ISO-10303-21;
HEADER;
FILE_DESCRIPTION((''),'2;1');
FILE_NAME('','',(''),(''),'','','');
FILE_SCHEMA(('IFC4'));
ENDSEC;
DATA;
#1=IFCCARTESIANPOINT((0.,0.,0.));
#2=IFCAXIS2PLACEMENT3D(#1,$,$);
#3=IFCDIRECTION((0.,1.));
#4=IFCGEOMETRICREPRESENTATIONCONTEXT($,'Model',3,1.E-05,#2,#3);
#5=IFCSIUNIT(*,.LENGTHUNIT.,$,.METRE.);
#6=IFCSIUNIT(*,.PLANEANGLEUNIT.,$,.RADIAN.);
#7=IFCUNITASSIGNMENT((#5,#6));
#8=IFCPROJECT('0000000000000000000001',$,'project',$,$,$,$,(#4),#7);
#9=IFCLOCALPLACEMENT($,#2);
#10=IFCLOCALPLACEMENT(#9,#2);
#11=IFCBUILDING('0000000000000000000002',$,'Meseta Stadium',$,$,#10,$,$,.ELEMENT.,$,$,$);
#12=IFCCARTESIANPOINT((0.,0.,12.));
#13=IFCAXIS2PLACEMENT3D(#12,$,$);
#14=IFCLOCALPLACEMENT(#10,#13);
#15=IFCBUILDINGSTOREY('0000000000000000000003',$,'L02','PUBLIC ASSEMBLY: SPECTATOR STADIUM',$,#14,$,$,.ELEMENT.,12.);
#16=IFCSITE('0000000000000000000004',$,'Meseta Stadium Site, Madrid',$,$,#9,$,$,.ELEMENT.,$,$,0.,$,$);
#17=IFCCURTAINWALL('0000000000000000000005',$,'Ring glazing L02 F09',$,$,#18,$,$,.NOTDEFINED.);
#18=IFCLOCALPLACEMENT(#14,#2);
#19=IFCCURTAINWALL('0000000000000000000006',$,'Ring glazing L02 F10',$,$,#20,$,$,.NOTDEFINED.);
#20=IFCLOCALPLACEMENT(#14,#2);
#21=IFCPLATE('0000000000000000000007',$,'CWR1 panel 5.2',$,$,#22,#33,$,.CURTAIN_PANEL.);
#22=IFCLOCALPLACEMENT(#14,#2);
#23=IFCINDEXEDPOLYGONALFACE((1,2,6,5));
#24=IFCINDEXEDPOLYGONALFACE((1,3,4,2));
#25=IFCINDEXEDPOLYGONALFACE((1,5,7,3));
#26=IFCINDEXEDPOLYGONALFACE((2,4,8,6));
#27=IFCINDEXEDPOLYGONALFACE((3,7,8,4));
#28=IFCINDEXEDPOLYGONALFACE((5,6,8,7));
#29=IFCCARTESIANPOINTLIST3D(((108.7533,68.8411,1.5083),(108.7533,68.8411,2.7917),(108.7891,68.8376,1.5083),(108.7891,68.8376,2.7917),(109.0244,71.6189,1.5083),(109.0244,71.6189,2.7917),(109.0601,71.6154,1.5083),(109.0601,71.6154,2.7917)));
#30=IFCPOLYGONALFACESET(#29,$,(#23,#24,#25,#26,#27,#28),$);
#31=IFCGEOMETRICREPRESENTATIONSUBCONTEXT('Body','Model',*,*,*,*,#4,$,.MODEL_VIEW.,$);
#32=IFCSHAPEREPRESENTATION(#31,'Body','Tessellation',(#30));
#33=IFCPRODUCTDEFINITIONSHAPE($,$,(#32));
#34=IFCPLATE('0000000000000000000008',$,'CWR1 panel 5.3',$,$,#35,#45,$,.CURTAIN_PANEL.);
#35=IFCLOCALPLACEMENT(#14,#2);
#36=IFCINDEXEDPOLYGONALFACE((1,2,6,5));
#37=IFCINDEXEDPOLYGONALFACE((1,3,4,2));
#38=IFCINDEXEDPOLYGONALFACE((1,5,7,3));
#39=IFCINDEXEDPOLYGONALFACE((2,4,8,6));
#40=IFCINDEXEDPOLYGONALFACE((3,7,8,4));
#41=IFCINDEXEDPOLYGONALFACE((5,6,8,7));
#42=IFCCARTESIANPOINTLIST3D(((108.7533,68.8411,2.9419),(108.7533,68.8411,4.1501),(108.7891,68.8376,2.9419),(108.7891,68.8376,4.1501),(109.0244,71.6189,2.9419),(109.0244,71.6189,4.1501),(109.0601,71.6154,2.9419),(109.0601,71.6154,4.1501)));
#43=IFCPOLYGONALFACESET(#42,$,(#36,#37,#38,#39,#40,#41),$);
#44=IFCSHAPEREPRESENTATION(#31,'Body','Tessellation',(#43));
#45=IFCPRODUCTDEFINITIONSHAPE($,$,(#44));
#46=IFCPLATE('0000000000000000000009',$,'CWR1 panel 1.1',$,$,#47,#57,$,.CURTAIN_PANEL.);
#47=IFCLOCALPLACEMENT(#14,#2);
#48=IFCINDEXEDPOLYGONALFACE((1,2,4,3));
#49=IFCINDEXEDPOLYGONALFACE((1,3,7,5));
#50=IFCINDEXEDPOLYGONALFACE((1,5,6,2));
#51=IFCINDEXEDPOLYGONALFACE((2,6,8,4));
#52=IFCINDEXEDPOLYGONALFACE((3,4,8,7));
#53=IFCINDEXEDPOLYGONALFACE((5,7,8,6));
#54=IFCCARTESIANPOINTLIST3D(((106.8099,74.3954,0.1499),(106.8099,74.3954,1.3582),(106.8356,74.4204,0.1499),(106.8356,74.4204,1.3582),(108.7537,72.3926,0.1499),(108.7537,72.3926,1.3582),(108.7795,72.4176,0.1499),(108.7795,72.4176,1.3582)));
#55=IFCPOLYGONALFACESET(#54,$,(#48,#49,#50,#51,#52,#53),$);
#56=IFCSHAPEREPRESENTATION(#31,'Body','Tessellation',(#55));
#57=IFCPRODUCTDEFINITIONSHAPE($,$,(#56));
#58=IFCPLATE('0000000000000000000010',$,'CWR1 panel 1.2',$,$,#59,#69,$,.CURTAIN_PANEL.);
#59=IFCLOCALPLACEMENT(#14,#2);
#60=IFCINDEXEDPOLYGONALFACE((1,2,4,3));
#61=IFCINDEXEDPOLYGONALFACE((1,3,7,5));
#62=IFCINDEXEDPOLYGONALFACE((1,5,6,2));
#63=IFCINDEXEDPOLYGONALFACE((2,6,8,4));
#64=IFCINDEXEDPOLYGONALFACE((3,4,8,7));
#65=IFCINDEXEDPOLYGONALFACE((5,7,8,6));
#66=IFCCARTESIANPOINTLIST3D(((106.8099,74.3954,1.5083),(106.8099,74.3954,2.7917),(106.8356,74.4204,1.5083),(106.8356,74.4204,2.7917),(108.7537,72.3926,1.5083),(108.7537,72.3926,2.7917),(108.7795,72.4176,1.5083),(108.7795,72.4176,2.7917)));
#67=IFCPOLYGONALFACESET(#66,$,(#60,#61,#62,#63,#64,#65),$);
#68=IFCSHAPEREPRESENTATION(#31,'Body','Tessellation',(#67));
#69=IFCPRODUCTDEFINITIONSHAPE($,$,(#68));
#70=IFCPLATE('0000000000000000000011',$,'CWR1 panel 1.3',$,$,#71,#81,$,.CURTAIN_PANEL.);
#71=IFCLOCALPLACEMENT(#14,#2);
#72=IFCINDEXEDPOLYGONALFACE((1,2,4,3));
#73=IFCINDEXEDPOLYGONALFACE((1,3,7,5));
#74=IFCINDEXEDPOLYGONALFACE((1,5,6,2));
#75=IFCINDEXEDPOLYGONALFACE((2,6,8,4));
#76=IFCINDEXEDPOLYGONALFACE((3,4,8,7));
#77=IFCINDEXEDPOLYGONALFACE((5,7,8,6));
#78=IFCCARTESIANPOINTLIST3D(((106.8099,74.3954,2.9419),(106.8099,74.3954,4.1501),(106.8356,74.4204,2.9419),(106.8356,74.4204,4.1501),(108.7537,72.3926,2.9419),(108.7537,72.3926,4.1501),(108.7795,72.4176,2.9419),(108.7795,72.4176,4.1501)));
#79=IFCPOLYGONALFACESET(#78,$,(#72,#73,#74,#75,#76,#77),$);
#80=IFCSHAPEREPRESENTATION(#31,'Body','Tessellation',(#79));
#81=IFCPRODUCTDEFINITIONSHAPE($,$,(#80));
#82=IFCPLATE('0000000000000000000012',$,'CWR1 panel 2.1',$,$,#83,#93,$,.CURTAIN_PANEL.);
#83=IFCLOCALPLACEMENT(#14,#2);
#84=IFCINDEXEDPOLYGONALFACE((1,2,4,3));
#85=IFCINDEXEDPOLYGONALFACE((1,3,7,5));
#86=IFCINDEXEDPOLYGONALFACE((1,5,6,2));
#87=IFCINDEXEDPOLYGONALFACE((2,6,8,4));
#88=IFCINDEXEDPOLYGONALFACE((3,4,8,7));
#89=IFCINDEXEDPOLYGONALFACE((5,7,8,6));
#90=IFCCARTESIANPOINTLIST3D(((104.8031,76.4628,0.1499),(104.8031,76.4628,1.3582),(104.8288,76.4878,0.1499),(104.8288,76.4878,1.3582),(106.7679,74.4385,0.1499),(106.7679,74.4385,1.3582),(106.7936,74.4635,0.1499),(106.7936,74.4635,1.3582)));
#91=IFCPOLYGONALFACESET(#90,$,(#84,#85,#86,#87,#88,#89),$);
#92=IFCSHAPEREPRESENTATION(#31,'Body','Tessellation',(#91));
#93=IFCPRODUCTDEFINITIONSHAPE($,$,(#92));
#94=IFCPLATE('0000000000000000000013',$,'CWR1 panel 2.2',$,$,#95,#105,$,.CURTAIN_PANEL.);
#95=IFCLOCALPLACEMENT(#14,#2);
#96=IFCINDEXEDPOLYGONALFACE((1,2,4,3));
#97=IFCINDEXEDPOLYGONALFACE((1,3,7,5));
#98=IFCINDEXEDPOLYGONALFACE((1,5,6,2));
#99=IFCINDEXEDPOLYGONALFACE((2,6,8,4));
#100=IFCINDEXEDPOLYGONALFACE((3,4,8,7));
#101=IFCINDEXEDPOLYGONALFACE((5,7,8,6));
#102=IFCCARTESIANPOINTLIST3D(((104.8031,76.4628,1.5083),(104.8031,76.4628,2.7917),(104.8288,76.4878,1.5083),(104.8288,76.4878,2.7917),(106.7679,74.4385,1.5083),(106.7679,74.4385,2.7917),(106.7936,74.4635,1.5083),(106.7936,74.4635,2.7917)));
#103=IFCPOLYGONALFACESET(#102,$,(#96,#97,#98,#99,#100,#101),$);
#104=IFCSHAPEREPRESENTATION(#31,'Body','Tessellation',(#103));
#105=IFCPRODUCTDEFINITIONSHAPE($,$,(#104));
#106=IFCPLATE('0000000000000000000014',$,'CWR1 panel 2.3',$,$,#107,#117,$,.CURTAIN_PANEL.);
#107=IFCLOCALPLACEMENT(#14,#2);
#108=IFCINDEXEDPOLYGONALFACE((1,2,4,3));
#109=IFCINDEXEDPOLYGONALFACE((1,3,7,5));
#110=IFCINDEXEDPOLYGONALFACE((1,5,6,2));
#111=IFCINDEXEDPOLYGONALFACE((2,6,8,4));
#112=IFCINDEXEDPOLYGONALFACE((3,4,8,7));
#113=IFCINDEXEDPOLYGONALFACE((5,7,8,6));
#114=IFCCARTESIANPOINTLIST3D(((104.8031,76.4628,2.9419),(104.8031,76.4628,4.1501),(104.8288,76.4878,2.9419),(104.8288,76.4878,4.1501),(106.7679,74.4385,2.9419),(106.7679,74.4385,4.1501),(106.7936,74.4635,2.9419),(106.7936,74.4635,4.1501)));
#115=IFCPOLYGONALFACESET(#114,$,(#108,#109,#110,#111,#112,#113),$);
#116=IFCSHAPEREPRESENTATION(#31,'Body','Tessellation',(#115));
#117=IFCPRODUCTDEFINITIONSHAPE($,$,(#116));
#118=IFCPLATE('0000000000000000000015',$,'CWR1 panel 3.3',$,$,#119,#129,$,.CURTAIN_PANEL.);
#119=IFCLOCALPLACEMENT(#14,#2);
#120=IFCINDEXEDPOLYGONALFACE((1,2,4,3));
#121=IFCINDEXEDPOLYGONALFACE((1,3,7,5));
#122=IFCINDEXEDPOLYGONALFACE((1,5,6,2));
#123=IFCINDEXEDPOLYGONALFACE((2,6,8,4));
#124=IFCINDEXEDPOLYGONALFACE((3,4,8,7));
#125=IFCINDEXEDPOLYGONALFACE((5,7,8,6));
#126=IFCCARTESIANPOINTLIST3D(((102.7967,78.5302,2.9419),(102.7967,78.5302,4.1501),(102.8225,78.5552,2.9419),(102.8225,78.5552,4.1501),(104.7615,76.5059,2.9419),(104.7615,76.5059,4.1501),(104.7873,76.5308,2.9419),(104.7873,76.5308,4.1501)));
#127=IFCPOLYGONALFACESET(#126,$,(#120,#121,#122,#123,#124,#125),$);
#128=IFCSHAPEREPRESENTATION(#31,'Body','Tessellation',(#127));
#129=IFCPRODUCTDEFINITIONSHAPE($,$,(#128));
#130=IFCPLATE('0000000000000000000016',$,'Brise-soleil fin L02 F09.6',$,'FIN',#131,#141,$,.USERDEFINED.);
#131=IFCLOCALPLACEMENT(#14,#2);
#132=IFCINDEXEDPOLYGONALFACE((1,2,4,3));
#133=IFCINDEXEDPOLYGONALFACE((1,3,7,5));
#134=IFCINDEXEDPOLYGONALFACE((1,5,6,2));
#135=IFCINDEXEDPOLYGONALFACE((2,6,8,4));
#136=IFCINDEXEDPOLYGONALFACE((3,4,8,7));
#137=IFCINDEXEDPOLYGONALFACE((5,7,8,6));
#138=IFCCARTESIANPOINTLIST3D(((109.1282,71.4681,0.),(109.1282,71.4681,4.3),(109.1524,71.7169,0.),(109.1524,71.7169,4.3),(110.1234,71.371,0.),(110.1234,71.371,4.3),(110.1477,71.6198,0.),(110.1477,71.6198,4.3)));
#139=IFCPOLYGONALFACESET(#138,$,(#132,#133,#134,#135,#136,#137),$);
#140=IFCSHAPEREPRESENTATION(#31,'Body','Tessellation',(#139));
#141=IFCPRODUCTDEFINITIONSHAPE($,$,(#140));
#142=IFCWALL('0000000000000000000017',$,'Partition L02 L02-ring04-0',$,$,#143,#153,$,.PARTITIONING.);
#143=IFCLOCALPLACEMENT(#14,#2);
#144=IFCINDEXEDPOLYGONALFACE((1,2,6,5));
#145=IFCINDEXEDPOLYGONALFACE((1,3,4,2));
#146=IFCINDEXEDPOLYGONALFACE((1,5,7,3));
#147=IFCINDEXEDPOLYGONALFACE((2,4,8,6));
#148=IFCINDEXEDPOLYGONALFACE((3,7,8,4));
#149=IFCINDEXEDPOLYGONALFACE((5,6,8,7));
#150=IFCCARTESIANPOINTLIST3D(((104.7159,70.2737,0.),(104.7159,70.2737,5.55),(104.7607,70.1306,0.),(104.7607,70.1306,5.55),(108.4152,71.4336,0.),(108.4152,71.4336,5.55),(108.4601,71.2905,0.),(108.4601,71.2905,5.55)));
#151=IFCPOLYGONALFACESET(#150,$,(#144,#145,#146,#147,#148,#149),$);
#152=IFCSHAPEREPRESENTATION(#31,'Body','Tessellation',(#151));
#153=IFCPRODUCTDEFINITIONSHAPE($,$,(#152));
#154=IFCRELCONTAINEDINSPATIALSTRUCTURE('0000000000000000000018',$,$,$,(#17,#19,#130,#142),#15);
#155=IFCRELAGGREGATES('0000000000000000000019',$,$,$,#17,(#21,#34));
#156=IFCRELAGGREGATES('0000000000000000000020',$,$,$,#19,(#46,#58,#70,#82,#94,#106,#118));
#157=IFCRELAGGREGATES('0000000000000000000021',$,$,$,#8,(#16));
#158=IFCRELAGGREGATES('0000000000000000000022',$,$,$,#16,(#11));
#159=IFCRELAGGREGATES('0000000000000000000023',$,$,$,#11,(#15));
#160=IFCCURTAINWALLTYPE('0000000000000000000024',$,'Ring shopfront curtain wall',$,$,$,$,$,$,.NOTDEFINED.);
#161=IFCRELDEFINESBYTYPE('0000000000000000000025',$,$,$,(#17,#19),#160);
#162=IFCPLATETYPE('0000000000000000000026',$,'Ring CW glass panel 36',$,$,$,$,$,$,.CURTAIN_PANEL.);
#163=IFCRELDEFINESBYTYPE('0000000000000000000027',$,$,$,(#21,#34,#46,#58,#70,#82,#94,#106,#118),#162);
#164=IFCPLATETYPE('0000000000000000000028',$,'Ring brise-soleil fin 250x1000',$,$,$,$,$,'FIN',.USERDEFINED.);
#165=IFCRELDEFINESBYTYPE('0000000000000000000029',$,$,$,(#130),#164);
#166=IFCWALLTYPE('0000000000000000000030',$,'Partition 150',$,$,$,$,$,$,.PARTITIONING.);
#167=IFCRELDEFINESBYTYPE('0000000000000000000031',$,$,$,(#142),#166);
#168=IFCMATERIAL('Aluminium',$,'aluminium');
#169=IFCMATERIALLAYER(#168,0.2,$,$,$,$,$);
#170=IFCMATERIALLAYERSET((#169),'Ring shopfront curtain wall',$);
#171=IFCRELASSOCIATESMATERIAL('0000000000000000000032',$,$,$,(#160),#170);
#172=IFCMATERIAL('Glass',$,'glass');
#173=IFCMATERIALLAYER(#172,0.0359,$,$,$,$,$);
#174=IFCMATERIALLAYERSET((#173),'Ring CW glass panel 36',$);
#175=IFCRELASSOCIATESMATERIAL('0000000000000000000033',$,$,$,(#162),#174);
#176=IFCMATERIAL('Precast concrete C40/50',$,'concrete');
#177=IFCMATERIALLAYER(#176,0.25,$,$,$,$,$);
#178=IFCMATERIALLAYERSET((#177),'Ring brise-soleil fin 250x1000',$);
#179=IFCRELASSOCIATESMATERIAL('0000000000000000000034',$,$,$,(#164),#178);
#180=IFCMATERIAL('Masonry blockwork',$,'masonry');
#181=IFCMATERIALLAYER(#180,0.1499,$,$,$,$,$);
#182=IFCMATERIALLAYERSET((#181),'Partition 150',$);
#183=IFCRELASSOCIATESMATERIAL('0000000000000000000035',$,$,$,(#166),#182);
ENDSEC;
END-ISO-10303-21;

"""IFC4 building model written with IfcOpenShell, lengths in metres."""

from ifc_helpers import new_model, si_unit, direction, frame, frame_2d, origin, origin_2d, place, context, subcontext, project, spatial, rectangle, extrude, material, layer, layer_set, type_object, element, aggregate, save


model = new_model("IFC4")

# Units and contexts
model_context = context("Model", 3, precision=1e-05, world=origin(), true_north=direction((0.0, 1.0)))
body_context = subcontext(model_context, "Body", "Model", "MODEL_VIEW")
ifc_project = project(units=[si_unit("LENGTHUNIT", "METRE"), si_unit("PLANEANGLEUNIT", "RADIAN")], contexts=[model_context])

# Site, building, storey
site_placement = place(None, origin())
site = spatial("IfcSite", under=ifc_project, at=site_placement, Name="Meseta Stadium Site, Madrid", CompositionType="ELEMENT", RefElevation=0.0)
building_placement = place(site_placement, origin())
building = spatial("IfcBuilding", under=site, at=building_placement, Name="Meseta Stadium", CompositionType="ELEMENT")
storey_placement = place(building_placement, frame((0.0, 0.0, 12.0)))
storey = spatial("IfcBuildingStorey", under=building, at=storey_placement, Name="L02", Description="PUBLIC ASSEMBLY: SPECTATOR STADIUM", CompositionType="ELEMENT", Elevation=12.0)

# Curtain wall
ifc_material_1 = material(Name="Aluminium", Category="aluminium")
ifc_layer_1 = layer(ifc_material_1, 0.2)
ifc_layer_set_1 = layer_set([ifc_layer_1], Name="Ring shopfront curtain wall")
curtain_wall_type = type_object("IfcCurtainWallType", Name="Ring shopfront curtain wall", PredefinedType="NOTDEFINED", material=ifc_layer_set_1)
curtain_wall_1_placement = place(storey_placement, origin())
curtain_wall_1 = element("IfcCurtainWall", 1, at=curtain_wall_1_placement, inside=storey, type_object=curtain_wall_type, Name="Ring glazing L02 F09", PredefinedType="NOTDEFINED")

# Curtain wall
curtain_wall_2_placement = place(storey_placement, origin())
curtain_wall_2 = element("IfcCurtainWall", 2, at=curtain_wall_2_placement, inside=storey, type_object=curtain_wall_type, Name="Ring glazing L02 F10", PredefinedType="NOTDEFINED")

# Plates
ifc_material_2 = material(Name="Glass", Category="glass")
ifc_layer_2 = layer(ifc_material_2, 0.0359)
ifc_layer_set_2 = layer_set([ifc_layer_2], Name="Ring CW glass panel 36")
plate_type_1 = type_object("IfcPlateType", Name="Ring CW glass panel 36", PredefinedType="CURTAIN_PANEL", material=ifc_layer_set_2)
plate_1_placement = place(storey_placement, frame((108.9067, 70.2283, 1.5083), z_axis=(0.0, 0.0, 1.0), x_axis=(0.097125, 0.995272, 0.0)))
plate_1 = element("IfcPlate", 3, at=plate_1_placement, type_object=plate_type_1, Name="CWR1 panel 5.2", PredefinedType="CURTAIN_PANEL", context=body_context, shape_type="SweptSolid", body=[
    extrude(rectangle(XDim=2.791, YDim=0.0359, at=origin_2d()), origin(), (0.0, 0.0, 1.0), 1.2834),
])
plate_2_placement = place(storey_placement, frame((108.9067, 70.2283, 2.9419), z_axis=(0.0, 0.0, 1.0), x_axis=(0.097125, 0.995272, 0.0)))
plate_2 = element("IfcPlate", 4, at=plate_2_placement, type_object=plate_type_1, Name="CWR1 panel 5.3", PredefinedType="CURTAIN_PANEL", context=body_context, shape_type="SweptSolid", body=[
    extrude(rectangle(XDim=2.791, YDim=0.0359, at=origin_2d()), origin(), (0.0, 0.0, 1.0), 1.2083),
])
aggregate(curtain_wall_1, [plate_1, plate_2])
plate_3_placement = place(storey_placement, frame((107.7947, 73.4065, 0.1499), z_axis=(0.0, 0.0, 1.0), x_axis=(-0.696473, 0.717583, 0.0)))
plate_3 = element("IfcPlate", 5, at=plate_3_placement, type_object=plate_type_1, Name="CWR1 panel 1.1", PredefinedType="CURTAIN_PANEL", context=body_context, shape_type="SweptSolid", body=[
    extrude(rectangle(XDim=2.791, YDim=0.0359, at=origin_2d()), origin(), (0.0, 0.0, 1.0), 1.2083),
])
plate_4_placement = place(storey_placement, frame((107.7947, 73.4065, 1.5083), z_axis=(0.0, 0.0, 1.0), x_axis=(-0.696473, 0.717583, 0.0)))
plate_4 = element("IfcPlate", 6, at=plate_4_placement, type_object=plate_type_1, Name="CWR1 panel 1.2", PredefinedType="CURTAIN_PANEL", context=body_context, shape_type="SweptSolid", body=[
    extrude(rectangle(XDim=2.791, YDim=0.0359, at=origin_2d()), origin(), (0.0, 0.0, 1.0), 1.2834),
])
plate_5_placement = place(storey_placement, frame((107.7947, 73.4065, 2.9419), z_axis=(0.0, 0.0, 1.0), x_axis=(-0.696473, 0.717583, 0.0)))
plate_5 = element("IfcPlate", 7, at=plate_5_placement, type_object=plate_type_1, Name="CWR1 panel 1.3", PredefinedType="CURTAIN_PANEL", context=body_context, shape_type="SweptSolid", body=[
    extrude(rectangle(XDim=2.791, YDim=0.0359, at=origin_2d()), origin(), (0.0, 0.0, 1.0), 1.2083),
])
plate_6_placement = place(storey_placement, frame((105.7983, 75.4631, 0.1499), z_axis=(0.0, 0.0, 1.0), x_axis=(-0.696473, 0.717583, 0.0)))
plate_6 = element("IfcPlate", 8, at=plate_6_placement, type_object=plate_type_1, Name="CWR1 panel 2.1", PredefinedType="CURTAIN_PANEL", context=body_context, shape_type="SweptSolid", body=[
    extrude(rectangle(XDim=2.821, YDim=0.0359, at=origin_2d()), origin(), (0.0, 0.0, 1.0), 1.2083),
])
plate_7_placement = place(storey_placement, frame((105.7983, 75.4631, 1.5083), z_axis=(0.0, 0.0, 1.0), x_axis=(-0.696473, 0.717583, 0.0)))
plate_7 = element("IfcPlate", 9, at=plate_7_placement, type_object=plate_type_1, Name="CWR1 panel 2.2", PredefinedType="CURTAIN_PANEL", context=body_context, shape_type="SweptSolid", body=[
    extrude(rectangle(XDim=2.821, YDim=0.0359, at=origin_2d()), origin(), (0.0, 0.0, 1.0), 1.2834),
])
plate_8_placement = place(storey_placement, frame((105.7983, 75.4631, 2.9419), z_axis=(0.0, 0.0, 1.0), x_axis=(-0.696473, 0.717583, 0.0)))
plate_8 = element("IfcPlate", 10, at=plate_8_placement, type_object=plate_type_1, Name="CWR1 panel 2.3", PredefinedType="CURTAIN_PANEL", context=body_context, shape_type="SweptSolid", body=[
    extrude(rectangle(XDim=2.821, YDim=0.0359, at=origin_2d()), origin(), (0.0, 0.0, 1.0), 1.2083),
])
plate_9_placement = place(storey_placement, frame((103.792, 77.5305, 2.9419), z_axis=(0.0, 0.0, 1.0), x_axis=(-0.696473, 0.717583, 0.0)))
plate_9 = element("IfcPlate", 11, at=plate_9_placement, type_object=plate_type_1, Name="CWR1 panel 3.3", PredefinedType="CURTAIN_PANEL", context=body_context, shape_type="SweptSolid", body=[
    extrude(rectangle(XDim=2.821, YDim=0.0359, at=origin_2d()), origin(), (0.0, 0.0, 1.0), 1.2083),
])
aggregate(curtain_wall_2, [plate_3, plate_4, plate_5, plate_6, plate_7, plate_8, plate_9])
ifc_material_3 = material(Name="Precast concrete C40/50", Category="concrete")
ifc_layer_3 = layer(ifc_material_3, 0.25)
ifc_layer_set_3 = layer_set([ifc_layer_3], Name="Ring brise-soleil fin 250x1000")
plate_type_2 = type_object("IfcPlateType", Name="Ring brise-soleil fin 250x1000", ElementType="FIN", PredefinedType="USERDEFINED", material=ifc_layer_set_3)
plate_10_placement = place(storey_placement, frame((109.6379, 71.5439, 0.0), z_axis=(0.0, 0.0, 1.0), x_axis=(0.097123, 0.995272, 0.0)))
element("IfcPlate", 12, at=plate_10_placement, inside=storey, type_object=plate_type_2, Name="Brise-soleil fin L02 F09.6", ObjectType="FIN", PredefinedType="USERDEFINED", context=body_context, shape_type="SweptSolid", body=[
    extrude(rectangle(XDim=0.25, YDim=1.0, at=origin_2d()), origin(), (0.0, 0.0, 1.0), 4.3),
])

# Wall
ifc_material_4 = material(Name="Masonry blockwork", Category="masonry")
ifc_layer_4 = layer(ifc_material_4, 0.1499)
ifc_layer_set_4 = layer_set([ifc_layer_4], Name="Partition 150")
wall_type = type_object("IfcWallType", Name="Partition 150", PredefinedType="PARTITIONING", material=ifc_layer_set_4)
wall_placement = place(storey_placement, frame((104.7383, 70.2021, 0.0), z_axis=(0.0, 0.0, 1.0), x_axis=(0.954198, 0.299175, 0.0)))
element("IfcWall", 13, at=wall_placement, inside=storey, type_object=wall_type, Name="Partition L02 L02-ring04-0", PredefinedType="PARTITIONING", context=body_context, shape_type="SweptSolid", body=[
    extrude(rectangle(XDim=3.877, YDim=0.1499, at=frame_2d((1.9385, 0.0))), origin(), (0.0, 0.0, 1.0), 5.55),
])

save(model, "model.ifc")
